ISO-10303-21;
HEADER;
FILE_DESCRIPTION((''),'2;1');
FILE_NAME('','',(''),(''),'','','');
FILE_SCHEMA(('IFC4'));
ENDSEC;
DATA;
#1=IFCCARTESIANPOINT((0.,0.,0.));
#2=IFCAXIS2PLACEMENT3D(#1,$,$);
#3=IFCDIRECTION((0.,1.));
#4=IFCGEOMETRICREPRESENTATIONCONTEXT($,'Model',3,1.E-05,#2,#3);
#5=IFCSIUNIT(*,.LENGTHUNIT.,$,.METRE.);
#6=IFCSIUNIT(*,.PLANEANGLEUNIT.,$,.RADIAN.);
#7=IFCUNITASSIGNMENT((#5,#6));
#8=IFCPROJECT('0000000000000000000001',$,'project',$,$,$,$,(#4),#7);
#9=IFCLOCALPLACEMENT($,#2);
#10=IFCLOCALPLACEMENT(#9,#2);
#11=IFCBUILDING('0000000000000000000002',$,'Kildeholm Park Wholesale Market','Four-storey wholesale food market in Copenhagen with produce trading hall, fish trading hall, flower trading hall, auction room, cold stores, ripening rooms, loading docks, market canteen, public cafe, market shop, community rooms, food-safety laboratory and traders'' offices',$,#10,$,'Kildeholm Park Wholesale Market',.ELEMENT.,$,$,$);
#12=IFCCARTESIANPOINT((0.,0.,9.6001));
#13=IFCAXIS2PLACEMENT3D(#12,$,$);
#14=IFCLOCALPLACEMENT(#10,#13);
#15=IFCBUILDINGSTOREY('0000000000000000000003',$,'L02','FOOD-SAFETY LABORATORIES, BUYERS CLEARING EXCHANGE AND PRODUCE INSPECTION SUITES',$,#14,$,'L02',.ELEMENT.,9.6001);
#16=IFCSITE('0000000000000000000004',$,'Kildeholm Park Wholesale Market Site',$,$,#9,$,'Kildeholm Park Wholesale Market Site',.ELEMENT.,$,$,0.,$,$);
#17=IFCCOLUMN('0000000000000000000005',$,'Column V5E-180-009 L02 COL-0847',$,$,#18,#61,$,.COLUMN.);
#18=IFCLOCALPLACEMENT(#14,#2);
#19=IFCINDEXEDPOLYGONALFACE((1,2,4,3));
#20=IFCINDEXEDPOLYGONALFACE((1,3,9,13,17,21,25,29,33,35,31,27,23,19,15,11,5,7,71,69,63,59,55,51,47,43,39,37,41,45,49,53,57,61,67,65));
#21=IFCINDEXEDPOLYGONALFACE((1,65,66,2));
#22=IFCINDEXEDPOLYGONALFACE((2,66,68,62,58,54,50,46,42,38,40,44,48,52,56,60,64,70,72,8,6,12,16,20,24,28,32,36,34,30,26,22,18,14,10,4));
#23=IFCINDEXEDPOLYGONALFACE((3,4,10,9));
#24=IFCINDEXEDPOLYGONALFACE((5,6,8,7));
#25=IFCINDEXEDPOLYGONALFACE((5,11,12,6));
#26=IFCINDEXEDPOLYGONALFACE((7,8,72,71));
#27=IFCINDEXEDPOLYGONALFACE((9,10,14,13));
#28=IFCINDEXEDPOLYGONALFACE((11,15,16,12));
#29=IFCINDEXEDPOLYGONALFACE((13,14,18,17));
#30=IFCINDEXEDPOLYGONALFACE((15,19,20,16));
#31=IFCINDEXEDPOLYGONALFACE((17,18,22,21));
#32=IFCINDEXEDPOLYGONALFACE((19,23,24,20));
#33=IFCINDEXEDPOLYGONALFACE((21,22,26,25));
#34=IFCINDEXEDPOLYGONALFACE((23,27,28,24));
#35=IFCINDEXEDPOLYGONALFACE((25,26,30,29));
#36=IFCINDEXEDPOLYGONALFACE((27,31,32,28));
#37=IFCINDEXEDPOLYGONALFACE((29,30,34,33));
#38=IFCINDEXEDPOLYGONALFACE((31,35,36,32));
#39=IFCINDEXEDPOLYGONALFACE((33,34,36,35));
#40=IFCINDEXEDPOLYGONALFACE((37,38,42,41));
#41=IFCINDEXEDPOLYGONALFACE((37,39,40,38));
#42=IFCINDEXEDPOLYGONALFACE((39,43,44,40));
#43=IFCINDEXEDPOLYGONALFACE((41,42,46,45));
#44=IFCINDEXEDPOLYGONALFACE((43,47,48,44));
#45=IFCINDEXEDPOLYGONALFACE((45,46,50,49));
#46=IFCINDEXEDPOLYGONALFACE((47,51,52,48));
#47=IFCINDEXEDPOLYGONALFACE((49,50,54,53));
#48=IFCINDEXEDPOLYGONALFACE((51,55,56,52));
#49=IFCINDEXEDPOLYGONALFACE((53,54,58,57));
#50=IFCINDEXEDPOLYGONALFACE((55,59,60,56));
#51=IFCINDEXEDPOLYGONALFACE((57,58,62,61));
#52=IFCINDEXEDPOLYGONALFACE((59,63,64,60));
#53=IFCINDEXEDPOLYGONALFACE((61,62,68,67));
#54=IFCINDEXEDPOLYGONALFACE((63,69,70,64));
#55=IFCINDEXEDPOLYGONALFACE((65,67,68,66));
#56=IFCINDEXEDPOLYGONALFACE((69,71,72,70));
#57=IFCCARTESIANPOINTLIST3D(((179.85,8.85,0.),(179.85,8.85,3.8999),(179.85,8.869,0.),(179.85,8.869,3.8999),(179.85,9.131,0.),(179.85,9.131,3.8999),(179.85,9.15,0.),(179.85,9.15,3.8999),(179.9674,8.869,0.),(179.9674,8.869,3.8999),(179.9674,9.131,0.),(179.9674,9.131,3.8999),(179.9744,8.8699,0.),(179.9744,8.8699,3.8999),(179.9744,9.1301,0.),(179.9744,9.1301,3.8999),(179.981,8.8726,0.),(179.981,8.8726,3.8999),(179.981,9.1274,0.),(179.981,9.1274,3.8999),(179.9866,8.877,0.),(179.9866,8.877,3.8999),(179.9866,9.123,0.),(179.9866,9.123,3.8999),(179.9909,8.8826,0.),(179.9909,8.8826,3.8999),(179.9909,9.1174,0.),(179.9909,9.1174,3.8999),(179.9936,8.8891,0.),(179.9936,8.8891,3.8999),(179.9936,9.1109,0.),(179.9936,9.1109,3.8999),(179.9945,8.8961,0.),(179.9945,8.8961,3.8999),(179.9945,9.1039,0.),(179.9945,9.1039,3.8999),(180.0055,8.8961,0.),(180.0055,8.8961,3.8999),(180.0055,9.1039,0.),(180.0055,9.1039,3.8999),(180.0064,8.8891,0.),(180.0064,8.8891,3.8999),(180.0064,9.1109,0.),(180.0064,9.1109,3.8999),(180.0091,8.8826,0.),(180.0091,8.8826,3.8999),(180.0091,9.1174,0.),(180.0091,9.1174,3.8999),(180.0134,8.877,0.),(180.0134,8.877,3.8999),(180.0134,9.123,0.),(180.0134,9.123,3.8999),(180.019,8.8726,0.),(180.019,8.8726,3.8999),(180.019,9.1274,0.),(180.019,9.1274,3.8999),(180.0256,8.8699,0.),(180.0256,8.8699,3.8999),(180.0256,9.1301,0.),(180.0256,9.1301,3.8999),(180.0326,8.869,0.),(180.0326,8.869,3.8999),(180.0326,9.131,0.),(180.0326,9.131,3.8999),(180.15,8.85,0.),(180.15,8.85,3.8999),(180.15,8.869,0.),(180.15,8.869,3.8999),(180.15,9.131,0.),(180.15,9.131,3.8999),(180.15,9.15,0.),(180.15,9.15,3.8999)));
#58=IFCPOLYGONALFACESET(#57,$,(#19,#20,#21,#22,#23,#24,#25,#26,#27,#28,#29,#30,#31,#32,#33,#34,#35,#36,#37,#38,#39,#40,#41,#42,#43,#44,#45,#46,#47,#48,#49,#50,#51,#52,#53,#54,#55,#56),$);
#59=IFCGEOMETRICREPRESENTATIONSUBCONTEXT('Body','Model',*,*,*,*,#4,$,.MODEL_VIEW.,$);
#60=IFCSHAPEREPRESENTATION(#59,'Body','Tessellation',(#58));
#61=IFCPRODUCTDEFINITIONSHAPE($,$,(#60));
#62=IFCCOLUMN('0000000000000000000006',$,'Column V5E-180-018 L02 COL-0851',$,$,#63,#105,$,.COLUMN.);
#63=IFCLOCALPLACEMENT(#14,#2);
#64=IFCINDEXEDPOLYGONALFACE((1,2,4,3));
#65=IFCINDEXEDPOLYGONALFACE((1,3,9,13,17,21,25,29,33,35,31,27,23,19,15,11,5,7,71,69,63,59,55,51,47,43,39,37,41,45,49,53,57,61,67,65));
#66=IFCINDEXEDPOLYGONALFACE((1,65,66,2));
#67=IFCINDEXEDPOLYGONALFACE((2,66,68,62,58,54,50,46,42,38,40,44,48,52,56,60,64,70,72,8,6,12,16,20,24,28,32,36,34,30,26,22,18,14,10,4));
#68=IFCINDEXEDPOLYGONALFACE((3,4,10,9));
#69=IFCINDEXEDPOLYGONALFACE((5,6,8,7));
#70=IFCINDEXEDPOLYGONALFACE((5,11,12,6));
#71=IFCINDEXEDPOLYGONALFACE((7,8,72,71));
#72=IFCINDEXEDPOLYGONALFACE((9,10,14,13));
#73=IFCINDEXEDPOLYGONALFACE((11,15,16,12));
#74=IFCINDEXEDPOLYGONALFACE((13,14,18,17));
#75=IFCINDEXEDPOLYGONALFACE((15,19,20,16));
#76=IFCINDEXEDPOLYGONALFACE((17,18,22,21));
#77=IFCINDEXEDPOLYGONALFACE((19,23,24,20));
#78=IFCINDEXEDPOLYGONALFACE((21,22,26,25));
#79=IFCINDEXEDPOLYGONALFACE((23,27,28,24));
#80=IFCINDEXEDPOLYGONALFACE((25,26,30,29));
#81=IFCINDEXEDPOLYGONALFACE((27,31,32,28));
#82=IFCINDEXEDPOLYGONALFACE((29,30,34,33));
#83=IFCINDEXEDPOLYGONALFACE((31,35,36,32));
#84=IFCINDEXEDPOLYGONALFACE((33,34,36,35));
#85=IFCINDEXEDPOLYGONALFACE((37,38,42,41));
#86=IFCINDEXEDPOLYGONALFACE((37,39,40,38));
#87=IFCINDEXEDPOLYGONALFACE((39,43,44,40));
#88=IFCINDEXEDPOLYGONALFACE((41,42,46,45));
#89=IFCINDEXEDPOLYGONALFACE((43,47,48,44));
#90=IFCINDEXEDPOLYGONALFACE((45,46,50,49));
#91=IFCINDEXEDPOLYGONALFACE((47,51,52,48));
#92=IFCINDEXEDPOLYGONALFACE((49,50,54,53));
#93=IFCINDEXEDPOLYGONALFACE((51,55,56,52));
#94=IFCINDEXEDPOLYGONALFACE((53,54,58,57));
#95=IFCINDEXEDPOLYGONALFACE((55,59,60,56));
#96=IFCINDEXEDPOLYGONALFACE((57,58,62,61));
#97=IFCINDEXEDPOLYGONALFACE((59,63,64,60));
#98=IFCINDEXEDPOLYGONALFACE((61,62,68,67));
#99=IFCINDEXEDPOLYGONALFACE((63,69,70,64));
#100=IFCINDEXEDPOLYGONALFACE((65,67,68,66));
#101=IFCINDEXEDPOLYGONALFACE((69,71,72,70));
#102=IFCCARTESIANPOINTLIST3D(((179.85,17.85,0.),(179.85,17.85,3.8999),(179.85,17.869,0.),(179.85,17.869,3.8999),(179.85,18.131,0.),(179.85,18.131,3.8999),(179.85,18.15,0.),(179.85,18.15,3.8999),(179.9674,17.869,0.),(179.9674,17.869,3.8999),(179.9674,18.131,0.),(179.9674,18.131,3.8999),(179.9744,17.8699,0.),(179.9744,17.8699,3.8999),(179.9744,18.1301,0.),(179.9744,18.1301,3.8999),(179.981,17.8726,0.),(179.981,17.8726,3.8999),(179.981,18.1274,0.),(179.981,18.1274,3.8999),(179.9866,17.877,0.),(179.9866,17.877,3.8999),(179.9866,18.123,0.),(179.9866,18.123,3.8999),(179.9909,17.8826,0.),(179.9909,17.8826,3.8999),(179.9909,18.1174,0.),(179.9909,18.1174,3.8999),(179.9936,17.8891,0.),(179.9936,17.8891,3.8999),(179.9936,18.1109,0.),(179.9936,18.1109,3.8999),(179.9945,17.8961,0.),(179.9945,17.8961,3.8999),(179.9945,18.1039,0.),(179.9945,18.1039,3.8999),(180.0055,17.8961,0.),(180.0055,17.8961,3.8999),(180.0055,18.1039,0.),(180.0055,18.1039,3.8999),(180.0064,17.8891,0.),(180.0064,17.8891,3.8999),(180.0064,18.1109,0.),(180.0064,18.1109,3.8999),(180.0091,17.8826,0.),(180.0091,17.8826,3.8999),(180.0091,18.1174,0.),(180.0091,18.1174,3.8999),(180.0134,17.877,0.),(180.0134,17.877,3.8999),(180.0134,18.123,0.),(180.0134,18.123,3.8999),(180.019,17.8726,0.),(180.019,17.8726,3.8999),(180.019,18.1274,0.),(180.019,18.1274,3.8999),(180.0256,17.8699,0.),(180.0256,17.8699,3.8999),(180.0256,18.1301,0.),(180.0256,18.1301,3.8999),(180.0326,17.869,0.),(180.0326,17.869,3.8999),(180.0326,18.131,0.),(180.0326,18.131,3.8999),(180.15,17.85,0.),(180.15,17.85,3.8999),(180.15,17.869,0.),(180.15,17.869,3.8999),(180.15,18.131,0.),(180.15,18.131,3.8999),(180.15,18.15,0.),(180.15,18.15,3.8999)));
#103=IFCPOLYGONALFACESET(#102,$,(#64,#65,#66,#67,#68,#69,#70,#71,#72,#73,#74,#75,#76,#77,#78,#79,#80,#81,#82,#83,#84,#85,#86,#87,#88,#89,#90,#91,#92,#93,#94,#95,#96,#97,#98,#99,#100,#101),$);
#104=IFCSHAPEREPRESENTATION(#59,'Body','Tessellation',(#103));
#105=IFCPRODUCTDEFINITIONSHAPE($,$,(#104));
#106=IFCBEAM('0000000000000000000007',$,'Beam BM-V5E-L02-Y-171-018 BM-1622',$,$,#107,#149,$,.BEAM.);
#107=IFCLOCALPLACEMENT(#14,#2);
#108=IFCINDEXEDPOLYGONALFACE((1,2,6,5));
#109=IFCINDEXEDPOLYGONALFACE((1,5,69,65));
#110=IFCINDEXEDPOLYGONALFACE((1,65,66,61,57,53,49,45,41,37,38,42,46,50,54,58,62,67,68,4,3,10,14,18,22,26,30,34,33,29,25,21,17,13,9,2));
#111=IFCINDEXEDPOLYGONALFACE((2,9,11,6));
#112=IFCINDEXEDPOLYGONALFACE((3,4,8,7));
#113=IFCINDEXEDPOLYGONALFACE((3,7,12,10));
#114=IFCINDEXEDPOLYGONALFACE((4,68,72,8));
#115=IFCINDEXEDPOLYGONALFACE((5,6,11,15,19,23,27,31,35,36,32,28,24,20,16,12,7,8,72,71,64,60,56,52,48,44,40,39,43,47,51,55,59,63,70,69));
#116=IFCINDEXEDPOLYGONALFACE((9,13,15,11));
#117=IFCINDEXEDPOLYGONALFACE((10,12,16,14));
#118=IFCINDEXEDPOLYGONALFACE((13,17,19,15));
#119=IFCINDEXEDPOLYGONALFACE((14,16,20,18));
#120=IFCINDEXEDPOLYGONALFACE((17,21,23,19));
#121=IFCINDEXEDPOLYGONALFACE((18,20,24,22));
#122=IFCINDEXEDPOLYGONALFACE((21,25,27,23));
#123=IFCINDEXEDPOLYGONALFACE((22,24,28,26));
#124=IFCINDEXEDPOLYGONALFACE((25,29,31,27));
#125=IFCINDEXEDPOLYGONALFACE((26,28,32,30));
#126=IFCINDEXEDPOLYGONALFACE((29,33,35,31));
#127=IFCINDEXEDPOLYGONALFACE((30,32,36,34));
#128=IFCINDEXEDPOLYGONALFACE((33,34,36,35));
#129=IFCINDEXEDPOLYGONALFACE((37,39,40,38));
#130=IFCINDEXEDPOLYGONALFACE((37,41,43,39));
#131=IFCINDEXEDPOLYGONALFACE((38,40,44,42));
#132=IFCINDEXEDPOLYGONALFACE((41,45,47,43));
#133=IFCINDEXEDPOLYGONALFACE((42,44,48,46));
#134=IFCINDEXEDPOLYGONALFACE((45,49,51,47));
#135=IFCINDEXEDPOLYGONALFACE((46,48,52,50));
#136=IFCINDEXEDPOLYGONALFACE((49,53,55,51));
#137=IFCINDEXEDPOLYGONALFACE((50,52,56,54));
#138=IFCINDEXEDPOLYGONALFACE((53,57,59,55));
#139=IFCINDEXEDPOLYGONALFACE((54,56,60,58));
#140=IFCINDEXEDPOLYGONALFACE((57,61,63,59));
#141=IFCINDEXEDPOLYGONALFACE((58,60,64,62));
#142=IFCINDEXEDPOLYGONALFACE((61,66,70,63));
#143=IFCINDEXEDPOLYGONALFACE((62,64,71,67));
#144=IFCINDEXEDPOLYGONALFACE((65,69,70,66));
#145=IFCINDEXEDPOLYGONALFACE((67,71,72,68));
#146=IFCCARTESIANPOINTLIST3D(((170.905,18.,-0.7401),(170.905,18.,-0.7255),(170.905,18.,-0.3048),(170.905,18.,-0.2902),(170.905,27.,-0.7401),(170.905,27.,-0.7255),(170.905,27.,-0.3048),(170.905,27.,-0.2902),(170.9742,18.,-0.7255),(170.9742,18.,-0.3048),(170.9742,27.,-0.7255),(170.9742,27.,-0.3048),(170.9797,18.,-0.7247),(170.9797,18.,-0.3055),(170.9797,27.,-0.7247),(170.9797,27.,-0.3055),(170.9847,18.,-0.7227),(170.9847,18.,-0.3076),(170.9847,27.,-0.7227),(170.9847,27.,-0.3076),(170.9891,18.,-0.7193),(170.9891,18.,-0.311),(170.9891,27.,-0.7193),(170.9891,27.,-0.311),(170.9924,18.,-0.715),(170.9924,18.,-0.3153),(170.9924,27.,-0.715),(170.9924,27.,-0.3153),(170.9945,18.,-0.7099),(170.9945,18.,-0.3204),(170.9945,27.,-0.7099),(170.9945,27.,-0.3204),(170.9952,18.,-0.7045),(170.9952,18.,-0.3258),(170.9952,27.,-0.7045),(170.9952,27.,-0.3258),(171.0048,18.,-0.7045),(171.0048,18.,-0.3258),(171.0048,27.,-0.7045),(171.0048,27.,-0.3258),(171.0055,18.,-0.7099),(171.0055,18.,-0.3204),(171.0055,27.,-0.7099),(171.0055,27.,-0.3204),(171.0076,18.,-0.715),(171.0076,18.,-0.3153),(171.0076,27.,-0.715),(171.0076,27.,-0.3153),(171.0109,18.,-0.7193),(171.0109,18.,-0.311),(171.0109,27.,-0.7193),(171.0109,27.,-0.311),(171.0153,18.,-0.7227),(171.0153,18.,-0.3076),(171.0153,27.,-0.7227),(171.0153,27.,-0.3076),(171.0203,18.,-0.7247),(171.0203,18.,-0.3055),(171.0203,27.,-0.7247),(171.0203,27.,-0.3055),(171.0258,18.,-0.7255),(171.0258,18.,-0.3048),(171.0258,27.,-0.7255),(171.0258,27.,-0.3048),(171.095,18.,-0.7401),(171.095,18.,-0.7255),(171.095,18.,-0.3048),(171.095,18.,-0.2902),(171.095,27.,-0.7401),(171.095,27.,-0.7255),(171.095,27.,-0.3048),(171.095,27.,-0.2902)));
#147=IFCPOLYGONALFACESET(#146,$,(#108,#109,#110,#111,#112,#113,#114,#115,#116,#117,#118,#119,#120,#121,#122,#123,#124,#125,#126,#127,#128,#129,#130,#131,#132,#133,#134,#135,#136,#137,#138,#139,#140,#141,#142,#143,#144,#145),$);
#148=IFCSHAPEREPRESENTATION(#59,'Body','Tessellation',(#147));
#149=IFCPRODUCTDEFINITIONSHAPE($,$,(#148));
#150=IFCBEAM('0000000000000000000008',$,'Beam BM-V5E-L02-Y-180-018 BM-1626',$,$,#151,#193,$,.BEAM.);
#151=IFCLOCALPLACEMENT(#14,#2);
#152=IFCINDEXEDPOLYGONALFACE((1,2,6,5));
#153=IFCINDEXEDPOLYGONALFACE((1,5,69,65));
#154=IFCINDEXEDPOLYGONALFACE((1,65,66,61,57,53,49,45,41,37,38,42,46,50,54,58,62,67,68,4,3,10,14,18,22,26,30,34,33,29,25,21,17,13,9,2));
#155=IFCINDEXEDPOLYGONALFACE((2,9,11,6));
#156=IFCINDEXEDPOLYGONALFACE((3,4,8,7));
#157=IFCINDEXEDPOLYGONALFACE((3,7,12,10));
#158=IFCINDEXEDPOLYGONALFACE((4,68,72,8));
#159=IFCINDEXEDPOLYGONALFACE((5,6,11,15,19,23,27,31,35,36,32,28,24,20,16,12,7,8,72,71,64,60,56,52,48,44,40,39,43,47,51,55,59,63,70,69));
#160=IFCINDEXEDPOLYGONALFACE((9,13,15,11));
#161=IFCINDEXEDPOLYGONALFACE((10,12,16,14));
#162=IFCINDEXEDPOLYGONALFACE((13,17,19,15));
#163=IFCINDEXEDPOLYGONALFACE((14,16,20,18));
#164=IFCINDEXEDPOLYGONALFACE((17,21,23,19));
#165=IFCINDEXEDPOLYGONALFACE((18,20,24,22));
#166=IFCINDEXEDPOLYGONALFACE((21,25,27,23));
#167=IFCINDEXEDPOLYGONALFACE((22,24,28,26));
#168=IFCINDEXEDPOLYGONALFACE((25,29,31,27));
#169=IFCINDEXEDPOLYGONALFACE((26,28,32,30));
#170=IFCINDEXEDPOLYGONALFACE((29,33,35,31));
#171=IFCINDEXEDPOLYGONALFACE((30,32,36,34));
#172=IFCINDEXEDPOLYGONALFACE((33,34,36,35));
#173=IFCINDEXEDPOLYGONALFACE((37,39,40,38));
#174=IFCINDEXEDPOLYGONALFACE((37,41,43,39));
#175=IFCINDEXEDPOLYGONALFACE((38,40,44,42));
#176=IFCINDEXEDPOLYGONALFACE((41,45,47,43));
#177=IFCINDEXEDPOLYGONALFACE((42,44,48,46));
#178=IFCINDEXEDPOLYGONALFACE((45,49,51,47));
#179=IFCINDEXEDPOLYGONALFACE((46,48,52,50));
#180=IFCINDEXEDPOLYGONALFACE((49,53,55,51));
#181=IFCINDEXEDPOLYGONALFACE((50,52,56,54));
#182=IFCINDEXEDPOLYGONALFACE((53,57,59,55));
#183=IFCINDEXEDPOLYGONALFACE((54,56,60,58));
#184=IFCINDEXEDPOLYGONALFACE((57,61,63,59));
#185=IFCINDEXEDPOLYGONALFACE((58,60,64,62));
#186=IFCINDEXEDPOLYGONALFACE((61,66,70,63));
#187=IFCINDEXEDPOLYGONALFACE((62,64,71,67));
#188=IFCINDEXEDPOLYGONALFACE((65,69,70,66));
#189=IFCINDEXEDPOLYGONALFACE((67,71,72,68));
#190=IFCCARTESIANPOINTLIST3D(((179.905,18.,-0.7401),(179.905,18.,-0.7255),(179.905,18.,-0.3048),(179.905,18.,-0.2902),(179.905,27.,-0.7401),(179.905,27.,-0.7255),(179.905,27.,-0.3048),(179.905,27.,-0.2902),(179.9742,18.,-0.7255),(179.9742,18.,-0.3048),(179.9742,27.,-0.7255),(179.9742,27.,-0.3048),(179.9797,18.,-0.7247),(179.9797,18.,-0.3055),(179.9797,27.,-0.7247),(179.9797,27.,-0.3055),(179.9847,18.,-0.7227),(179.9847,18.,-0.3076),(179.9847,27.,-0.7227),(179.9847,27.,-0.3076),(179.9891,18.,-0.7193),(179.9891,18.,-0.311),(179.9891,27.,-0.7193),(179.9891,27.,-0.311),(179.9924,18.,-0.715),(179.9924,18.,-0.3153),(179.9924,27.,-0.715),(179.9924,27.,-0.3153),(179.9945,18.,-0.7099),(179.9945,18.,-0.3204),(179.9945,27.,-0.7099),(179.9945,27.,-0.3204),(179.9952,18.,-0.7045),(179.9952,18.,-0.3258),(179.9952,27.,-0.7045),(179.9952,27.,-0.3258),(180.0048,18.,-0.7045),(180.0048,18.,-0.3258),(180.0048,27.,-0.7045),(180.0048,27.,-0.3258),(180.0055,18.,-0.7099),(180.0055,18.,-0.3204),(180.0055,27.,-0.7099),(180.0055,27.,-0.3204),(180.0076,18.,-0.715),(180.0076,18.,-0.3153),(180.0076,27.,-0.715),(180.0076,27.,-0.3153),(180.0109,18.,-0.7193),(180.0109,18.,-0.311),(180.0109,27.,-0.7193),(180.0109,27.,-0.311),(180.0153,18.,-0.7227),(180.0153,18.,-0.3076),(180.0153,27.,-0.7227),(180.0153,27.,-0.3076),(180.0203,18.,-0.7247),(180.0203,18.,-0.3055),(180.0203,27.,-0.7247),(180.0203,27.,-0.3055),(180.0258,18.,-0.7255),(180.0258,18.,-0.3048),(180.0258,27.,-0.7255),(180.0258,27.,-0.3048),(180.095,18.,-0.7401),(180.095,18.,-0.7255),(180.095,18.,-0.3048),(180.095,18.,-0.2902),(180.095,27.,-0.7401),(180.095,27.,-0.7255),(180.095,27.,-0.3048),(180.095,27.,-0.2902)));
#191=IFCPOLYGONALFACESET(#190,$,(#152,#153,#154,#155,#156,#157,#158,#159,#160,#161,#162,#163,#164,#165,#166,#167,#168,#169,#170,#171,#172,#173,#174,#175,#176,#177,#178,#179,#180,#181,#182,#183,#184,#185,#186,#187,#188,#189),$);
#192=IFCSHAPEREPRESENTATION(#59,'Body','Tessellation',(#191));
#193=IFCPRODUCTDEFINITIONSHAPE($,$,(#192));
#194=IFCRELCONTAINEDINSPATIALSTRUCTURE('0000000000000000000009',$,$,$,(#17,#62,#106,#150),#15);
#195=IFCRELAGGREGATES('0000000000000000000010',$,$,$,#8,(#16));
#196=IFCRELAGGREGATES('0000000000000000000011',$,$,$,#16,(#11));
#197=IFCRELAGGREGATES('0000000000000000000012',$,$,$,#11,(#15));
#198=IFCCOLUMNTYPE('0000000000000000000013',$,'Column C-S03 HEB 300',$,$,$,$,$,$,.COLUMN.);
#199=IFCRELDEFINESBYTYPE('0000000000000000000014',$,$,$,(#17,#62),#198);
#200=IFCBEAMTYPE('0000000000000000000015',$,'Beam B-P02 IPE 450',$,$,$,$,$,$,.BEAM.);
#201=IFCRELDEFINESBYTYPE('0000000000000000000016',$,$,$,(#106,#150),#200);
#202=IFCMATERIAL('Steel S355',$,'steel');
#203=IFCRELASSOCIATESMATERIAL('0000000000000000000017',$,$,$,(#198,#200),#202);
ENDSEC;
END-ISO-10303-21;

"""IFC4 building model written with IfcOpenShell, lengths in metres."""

from ifc_helpers import new_model, si_unit, direction, frame, origin, origin_2d, place, context, subcontext, project, spatial, i_section, extrude, material, material_profile, profile_set, type_object, element, save


model = new_model("IFC4")

# Units and contexts
model_context = context("Model", 3, precision=1e-05, world=origin(), true_north=direction((0.0, 1.0)))
body_context = subcontext(model_context, "Body", "Model", "MODEL_VIEW")
ifc_project = project(units=[si_unit("LENGTHUNIT", "METRE"), si_unit("PLANEANGLEUNIT", "RADIAN")], contexts=[model_context])

# Site, building, storey
site_placement = place(None, origin())
site = spatial("IfcSite", under=ifc_project, at=site_placement, Name="Kildeholm Park Wholesale Market Site", LongName="Kildeholm Park Wholesale Market Site", CompositionType="ELEMENT", RefElevation=0.0)
building_placement = place(site_placement, origin())
building = spatial("IfcBuilding", under=site, at=building_placement, Name="Kildeholm Park Wholesale Market", Description="Four-storey wholesale food market in Copenhagen with produce trading hall, fish trading hall, flower trading hall, auction room, cold stores, ripening rooms, loading docks, market canteen, public cafe, market shop, community rooms, food-safety laboratory and traders' offices", LongName="Kildeholm Park Wholesale Market", CompositionType="ELEMENT")
storey_placement = place(building_placement, frame((0.0, 0.0, 9.6001)))
storey = spatial("IfcBuildingStorey", under=building, at=storey_placement, Name="L02", Description="FOOD-SAFETY LABORATORIES, BUYERS CLEARING EXCHANGE AND PRODUCE INSPECTION SUITES", LongName="L02", CompositionType="ELEMENT", Elevation=9.6001)

# Columns
ifc_material_1 = material(Name="Steel S355", Category="steel")
ifc_material_profile_1 = material_profile(ifc_material_1, i_section(OverallWidth=0.3, OverallDepth=0.3, WebThickness=0.011, FlangeThickness=0.019, FilletRadius=0.0271, at=origin_2d()), Name="HEB 300")
ifc_profile_set_1 = profile_set([ifc_material_profile_1], Name="Steel S355")
column_type = type_object("IfcColumnType", Name="Column C-S03 HEB 300", PredefinedType="COLUMN", material=ifc_profile_set_1)
for number, where, z_axis, x_axis, name in (
    (1, (180.0, 9.0, 0.0), (0.0, 0.0, 1.0), (1.0, 0.0, 0.0), "Column V5E-180-009 L02 COL-0847"),
    (2, (180.0, 18.0, 0.0), (0.0, 0.0, 1.0), (1.0, 0.0, 0.0), "Column V5E-180-018 L02 COL-0851"),
):
    element("IfcColumn", number, at=place(storey_placement, frame(where, z_axis=z_axis, x_axis=x_axis)), inside=storey, type_object=column_type, Name=name, PredefinedType="COLUMN", context=body_context, shape_type="SweptSolid", body=[
        extrude(i_section(OverallWidth=0.3, OverallDepth=0.3, WebThickness=0.011, FlangeThickness=0.019, FilletRadius=0.0271, at=origin_2d()), origin(), (0.0, 0.0, 1.0), 3.8999),
    ])

# Beams
ifc_material_profile_2 = material_profile(ifc_material_1, i_section(OverallWidth=0.1899, OverallDepth=0.45, WebThickness=0.0095, FlangeThickness=0.0146, FilletRadius=0.021, at=origin_2d()), Name="IPE 450")
ifc_profile_set_2 = profile_set([ifc_material_profile_2], Name="Steel S355")
beam_type_1 = type_object("IfcBeamType", Name="Beam B-P02 IPE 450", PredefinedType="BEAM", material=ifc_profile_set_2)
for number, where, z_axis, x_axis, name in (
    (3, (171.0, 18.0, -0.5151), (0.0, 1.0, 0.0), (-1.0, 0.0, 0.0), "Beam BM-V5E-L02-Y-171-018 BM-1622"),
    (4, (180.0, 18.0, -0.5151), (0.0, 1.0, 0.0), (-1.0, 0.0, 0.0), "Beam BM-V5E-L02-Y-180-018 BM-1626"),
):
    element("IfcBeam", number, at=place(storey_placement, frame(where, z_axis=z_axis, x_axis=x_axis)), inside=storey, type_object=beam_type_1, Name=name, PredefinedType="BEAM", context=body_context, shape_type="SweptSolid", body=[
        extrude(i_section(OverallWidth=0.1899, OverallDepth=0.45, WebThickness=0.0095, FlangeThickness=0.0146, FilletRadius=0.021, at=origin_2d()), origin(), (0.0, 0.0, 1.0), 9.0),
    ])

save(model, "model.ifc")
